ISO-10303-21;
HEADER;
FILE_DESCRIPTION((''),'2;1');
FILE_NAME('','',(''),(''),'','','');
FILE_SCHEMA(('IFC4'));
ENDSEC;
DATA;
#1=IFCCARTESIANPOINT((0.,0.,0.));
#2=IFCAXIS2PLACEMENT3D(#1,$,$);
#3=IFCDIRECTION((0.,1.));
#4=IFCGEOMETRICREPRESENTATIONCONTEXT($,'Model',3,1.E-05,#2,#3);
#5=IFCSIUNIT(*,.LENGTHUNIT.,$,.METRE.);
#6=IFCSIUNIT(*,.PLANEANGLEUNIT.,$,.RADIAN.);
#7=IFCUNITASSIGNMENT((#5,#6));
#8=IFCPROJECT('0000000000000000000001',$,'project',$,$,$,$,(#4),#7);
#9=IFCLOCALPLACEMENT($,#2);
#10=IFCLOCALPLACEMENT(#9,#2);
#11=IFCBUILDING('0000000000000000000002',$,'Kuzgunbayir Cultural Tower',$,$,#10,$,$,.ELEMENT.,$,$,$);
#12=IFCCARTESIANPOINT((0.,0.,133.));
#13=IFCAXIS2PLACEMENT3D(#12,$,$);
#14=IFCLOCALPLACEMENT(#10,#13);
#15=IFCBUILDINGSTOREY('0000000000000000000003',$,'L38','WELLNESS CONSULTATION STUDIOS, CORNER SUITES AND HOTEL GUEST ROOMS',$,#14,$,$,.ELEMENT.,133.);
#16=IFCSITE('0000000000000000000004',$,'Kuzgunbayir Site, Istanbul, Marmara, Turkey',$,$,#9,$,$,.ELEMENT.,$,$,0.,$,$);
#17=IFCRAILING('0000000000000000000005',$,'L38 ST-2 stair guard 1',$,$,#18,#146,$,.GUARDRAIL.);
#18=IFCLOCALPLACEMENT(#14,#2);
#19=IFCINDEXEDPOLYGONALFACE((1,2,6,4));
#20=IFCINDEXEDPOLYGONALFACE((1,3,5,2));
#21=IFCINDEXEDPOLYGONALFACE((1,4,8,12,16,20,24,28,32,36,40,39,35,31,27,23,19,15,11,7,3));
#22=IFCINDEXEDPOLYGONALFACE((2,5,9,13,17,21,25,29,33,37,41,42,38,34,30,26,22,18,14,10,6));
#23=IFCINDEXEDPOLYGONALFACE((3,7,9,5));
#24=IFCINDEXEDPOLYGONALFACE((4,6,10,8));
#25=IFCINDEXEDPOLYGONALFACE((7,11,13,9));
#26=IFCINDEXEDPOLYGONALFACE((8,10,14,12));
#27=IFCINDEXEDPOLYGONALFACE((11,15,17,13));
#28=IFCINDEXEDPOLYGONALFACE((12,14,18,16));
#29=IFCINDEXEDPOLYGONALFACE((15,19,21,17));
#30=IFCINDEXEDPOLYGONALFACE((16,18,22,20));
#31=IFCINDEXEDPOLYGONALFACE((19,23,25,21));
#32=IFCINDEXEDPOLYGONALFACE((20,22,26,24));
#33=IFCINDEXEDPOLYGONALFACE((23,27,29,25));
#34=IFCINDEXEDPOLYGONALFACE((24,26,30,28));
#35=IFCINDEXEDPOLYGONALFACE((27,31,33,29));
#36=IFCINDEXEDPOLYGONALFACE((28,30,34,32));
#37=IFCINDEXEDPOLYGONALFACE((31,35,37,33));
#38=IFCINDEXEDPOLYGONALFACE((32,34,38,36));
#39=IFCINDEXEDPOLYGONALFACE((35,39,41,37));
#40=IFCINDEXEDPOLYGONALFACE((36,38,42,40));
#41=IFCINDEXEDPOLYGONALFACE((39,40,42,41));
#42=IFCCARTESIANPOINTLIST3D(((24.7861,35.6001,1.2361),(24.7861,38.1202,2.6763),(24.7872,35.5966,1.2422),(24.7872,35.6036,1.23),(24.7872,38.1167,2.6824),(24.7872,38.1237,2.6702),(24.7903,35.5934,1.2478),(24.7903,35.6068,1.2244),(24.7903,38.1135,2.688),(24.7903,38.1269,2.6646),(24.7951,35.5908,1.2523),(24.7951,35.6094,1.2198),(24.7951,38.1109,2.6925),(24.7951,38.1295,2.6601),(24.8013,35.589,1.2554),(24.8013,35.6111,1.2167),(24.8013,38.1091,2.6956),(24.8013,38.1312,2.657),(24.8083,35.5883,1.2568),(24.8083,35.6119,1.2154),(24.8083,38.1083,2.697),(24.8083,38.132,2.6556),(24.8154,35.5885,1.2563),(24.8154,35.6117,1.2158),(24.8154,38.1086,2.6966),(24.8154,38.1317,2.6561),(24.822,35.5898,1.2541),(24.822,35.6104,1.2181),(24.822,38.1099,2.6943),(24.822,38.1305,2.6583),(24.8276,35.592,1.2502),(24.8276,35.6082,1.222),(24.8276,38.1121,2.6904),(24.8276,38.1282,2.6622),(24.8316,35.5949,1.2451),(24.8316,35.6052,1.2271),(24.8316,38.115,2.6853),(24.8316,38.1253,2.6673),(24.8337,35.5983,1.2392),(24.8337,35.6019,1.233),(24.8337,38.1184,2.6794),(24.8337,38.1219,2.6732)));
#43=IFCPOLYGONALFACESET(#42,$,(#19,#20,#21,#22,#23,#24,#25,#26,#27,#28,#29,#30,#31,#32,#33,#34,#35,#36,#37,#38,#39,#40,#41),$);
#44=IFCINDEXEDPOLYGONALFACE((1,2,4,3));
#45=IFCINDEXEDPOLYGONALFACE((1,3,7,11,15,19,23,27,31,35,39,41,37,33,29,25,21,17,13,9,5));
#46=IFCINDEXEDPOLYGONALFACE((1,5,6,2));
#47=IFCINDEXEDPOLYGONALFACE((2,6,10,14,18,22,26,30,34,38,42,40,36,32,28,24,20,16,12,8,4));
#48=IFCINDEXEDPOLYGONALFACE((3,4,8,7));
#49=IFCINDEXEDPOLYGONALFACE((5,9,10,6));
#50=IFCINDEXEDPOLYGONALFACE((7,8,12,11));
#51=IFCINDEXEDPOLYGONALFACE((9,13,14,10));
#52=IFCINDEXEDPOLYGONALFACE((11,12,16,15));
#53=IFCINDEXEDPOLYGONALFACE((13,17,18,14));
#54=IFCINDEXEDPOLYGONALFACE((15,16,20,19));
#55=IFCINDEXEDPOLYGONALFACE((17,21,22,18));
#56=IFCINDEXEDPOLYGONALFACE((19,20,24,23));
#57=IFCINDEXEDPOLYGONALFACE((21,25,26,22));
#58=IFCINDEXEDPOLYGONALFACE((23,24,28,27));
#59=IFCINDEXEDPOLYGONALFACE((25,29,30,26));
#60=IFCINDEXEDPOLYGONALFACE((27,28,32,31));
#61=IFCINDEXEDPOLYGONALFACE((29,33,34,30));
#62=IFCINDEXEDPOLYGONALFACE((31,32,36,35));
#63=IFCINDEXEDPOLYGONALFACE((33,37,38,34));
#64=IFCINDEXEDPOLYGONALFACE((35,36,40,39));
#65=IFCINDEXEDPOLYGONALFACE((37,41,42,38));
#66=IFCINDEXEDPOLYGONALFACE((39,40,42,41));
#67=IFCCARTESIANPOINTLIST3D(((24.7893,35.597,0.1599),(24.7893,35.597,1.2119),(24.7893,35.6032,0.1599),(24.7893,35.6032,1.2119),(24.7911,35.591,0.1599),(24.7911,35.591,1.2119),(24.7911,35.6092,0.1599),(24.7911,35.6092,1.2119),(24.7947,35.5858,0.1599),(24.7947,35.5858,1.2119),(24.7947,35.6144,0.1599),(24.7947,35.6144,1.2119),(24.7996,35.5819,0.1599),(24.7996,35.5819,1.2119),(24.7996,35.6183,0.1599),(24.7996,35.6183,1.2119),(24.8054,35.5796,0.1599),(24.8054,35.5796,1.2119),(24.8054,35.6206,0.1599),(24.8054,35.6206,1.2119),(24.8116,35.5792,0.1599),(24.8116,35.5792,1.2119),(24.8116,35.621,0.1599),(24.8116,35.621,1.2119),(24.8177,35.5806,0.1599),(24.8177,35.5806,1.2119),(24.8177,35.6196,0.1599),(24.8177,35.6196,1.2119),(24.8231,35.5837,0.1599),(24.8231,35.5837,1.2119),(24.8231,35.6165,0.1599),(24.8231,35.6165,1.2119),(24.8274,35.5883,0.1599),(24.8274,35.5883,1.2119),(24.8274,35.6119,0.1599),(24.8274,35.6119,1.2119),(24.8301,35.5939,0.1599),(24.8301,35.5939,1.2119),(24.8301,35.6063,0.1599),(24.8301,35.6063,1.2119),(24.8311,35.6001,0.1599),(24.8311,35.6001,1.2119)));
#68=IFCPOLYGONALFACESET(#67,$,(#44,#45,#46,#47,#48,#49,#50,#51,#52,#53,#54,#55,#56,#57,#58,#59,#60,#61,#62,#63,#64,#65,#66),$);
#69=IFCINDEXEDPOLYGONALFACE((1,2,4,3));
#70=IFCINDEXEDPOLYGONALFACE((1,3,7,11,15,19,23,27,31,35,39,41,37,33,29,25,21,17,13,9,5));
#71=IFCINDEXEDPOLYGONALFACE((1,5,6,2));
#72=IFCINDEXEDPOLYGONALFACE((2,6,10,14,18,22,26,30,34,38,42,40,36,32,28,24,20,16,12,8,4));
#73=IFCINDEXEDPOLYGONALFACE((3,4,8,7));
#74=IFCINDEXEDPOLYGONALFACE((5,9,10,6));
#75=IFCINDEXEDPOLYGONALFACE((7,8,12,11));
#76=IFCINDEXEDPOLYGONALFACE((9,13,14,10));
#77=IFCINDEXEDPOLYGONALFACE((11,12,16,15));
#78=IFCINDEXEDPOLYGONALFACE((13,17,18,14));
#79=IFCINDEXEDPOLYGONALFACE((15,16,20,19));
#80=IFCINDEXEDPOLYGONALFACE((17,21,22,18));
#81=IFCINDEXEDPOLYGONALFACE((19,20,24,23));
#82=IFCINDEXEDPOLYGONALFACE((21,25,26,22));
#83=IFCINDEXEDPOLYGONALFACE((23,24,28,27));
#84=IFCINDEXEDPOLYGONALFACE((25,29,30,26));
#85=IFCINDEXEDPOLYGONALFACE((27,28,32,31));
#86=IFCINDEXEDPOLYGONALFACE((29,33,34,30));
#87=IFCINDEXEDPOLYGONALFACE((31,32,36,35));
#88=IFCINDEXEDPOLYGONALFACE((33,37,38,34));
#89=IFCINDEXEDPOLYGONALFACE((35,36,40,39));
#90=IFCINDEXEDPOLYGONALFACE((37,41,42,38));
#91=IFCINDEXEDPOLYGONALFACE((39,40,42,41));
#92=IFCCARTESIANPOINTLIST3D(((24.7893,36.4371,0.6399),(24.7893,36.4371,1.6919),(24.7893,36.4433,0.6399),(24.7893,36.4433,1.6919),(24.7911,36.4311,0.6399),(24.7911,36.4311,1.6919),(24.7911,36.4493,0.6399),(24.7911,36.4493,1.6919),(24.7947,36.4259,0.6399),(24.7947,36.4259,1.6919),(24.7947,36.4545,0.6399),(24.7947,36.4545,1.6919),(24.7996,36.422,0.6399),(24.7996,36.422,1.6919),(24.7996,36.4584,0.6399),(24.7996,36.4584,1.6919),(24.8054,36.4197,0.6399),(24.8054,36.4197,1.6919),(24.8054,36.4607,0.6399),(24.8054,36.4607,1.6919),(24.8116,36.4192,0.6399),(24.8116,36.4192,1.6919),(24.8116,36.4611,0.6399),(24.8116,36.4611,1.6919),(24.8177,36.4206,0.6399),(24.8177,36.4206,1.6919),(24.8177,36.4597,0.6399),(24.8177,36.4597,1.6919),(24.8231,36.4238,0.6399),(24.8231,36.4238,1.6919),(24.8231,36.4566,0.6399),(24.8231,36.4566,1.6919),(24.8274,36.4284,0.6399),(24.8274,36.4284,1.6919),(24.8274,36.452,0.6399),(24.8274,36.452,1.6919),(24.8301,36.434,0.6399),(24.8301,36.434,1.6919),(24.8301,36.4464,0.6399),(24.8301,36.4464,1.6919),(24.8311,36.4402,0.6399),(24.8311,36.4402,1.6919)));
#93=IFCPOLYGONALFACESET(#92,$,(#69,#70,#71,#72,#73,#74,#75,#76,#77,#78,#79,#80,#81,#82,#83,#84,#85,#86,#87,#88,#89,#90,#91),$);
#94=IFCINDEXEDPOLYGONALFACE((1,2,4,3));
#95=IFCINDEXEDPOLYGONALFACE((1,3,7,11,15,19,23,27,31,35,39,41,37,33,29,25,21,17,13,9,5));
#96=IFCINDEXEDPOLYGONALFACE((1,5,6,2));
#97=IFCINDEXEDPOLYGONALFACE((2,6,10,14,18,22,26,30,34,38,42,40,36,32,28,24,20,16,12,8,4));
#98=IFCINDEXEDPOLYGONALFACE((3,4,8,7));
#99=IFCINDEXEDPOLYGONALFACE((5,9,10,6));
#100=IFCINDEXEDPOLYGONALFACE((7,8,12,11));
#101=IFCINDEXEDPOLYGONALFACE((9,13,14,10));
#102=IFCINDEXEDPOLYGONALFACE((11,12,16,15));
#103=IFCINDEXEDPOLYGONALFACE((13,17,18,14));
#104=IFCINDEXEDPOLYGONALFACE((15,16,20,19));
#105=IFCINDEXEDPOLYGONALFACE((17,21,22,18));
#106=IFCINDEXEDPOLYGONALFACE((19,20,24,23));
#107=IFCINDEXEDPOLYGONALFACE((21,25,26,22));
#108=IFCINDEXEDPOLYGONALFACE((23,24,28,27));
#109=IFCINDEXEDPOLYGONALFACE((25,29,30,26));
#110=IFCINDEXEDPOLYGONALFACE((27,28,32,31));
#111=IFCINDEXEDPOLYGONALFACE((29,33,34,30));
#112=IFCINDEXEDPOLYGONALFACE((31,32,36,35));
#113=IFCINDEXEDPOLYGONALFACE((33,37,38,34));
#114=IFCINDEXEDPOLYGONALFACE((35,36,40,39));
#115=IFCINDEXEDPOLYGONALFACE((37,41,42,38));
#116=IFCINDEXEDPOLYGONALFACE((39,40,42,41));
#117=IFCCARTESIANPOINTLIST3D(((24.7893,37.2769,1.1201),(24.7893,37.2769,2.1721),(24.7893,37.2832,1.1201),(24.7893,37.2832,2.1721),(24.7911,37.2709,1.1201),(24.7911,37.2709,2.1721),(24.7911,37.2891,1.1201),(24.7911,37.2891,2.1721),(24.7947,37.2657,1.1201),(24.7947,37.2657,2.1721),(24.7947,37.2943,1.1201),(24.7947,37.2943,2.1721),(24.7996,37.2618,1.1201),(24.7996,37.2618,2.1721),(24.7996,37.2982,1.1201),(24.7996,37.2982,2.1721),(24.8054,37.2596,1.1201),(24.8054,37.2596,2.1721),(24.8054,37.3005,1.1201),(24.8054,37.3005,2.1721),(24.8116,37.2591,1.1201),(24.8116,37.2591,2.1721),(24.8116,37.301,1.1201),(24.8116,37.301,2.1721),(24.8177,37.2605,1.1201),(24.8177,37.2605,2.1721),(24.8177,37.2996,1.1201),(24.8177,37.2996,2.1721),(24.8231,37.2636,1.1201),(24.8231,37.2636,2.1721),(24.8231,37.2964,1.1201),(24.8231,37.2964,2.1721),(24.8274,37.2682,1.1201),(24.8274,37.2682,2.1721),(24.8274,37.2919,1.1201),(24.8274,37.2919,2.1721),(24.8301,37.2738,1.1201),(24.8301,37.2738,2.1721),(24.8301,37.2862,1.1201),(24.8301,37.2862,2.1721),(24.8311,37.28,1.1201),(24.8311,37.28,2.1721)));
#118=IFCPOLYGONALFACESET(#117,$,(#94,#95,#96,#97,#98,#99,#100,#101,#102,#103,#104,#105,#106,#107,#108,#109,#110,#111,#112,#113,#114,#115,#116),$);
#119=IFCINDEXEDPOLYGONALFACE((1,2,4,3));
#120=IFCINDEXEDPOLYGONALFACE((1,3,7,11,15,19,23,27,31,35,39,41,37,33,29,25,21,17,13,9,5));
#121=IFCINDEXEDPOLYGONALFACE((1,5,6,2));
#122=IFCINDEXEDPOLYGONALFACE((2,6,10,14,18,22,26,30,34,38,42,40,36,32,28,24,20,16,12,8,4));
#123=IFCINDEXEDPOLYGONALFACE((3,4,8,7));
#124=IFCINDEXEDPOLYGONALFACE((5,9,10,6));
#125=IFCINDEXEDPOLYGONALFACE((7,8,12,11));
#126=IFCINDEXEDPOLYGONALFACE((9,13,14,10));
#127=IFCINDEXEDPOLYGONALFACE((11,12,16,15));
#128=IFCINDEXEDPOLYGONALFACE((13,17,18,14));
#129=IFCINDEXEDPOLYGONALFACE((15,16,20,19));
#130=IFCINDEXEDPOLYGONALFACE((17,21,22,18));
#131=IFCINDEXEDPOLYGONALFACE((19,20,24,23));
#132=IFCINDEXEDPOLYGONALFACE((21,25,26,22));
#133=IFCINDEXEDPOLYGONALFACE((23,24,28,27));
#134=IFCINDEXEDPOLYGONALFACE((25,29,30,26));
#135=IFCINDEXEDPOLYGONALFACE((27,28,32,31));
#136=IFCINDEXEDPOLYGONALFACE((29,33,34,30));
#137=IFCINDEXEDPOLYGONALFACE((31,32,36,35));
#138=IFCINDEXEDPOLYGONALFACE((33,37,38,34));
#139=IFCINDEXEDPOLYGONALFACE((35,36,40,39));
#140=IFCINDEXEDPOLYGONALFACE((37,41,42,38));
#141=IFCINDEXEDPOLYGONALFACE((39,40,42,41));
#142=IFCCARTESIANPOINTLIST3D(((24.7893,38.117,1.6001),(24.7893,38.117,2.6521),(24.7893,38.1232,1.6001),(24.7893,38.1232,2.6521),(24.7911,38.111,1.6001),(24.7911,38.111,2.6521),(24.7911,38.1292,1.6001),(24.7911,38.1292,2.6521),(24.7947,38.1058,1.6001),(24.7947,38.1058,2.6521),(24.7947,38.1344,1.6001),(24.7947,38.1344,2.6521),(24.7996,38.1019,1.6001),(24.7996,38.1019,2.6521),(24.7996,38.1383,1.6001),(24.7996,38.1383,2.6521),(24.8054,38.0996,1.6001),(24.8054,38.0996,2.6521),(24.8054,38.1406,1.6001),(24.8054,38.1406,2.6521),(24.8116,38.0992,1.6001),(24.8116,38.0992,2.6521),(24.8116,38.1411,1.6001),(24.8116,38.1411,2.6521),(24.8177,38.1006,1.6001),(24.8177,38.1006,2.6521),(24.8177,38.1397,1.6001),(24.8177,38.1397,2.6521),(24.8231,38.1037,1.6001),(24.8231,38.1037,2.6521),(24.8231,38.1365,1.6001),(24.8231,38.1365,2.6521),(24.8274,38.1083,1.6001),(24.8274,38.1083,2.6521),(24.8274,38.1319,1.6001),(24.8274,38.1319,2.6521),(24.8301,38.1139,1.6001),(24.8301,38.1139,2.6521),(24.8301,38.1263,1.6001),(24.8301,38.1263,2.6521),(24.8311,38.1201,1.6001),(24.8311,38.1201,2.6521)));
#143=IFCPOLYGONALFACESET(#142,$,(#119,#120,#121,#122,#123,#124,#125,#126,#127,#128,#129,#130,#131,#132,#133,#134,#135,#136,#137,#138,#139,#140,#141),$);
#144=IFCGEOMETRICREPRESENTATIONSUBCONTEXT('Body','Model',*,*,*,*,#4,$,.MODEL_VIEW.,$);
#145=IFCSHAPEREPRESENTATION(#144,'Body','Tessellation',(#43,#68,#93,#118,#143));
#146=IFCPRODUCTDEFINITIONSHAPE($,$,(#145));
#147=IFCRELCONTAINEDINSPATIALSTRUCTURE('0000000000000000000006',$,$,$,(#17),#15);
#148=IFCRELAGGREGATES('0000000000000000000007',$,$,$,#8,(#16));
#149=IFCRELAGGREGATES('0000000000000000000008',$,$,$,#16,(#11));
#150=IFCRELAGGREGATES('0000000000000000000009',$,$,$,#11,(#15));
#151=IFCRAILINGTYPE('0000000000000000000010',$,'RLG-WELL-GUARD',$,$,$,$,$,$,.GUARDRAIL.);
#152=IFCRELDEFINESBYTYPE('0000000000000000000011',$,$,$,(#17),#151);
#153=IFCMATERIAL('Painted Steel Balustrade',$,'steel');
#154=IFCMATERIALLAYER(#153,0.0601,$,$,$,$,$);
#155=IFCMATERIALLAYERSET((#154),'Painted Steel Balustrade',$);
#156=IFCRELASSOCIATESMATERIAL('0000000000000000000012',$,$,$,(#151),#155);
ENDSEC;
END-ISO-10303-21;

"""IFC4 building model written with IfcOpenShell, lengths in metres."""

from ifc_helpers import new_model, si_unit, direction, frame, origin, origin_2d, place, context, subcontext, project, spatial, circle, extrude, material, layer, layer_set, type_object, element, save


model = new_model("IFC4")

# Units and contexts
model_context = context("Model", 3, precision=1e-05, world=origin(), true_north=direction((0.0, 1.0)))
body_context = subcontext(model_context, "Body", "Model", "MODEL_VIEW")
ifc_project = project(units=[si_unit("LENGTHUNIT", "METRE"), si_unit("PLANEANGLEUNIT", "RADIAN")], contexts=[model_context])

# Site, building, storey
site_placement = place(None, origin())
site = spatial("IfcSite", under=ifc_project, at=site_placement, Name="Kuzgunbayir Site, Istanbul, Marmara, Turkey", CompositionType="ELEMENT", RefElevation=0.0)
building_placement = place(site_placement, origin())
building = spatial("IfcBuilding", under=site, at=building_placement, Name="Kuzgunbayir Cultural Tower", CompositionType="ELEMENT")
storey_placement = place(building_placement, frame((0.0, 0.0, 133.0)))
storey = spatial("IfcBuildingStorey", under=building, at=storey_placement, Name="L38", Description="WELLNESS CONSULTATION STUDIOS, CORNER SUITES AND HOTEL GUEST ROOMS", CompositionType="ELEMENT", Elevation=133.0)

# Railing
ifc_material_1 = material(Name="Painted Steel Balustrade", Category="steel")
ifc_layer_1 = layer(ifc_material_1, 0.0601)
ifc_layer_set_1 = layer_set([ifc_layer_1], Name="Painted Steel Balustrade")
railing_type_1 = type_object("IfcRailingType", Name="RLG-WELL-GUARD", PredefinedType="GUARDRAIL", material=ifc_layer_set_1)
railing_1_placement = place(storey_placement, frame((24.8101, 35.6001, 0.1599)))
element("IfcRailing", 1, at=railing_1_placement, inside=storey, type_object=railing_type_1, Name="L38 ST-2 stair guard 1", PredefinedType="GUARDRAIL", context=body_context, shape_type="SweptSolid", body=[
    extrude(circle(Radius=0.0239, at=origin_2d()), frame((0.0, 0.0, 1.0762), z_axis=(0.0, 0.868217, 0.496184), x_axis=(-1.0, 0.0, 0.0)), (0.0, 0.0, 1.0), 2.9026),
    extrude(circle(Radius=0.021, at=origin_2d()), origin(), (0.0, 0.0, 1.0), 1.052),
    extrude(circle(Radius=0.021, at=origin_2d()), frame((0.0, 0.8401, 0.48)), (0.0, 0.0, 1.0), 1.052),
    extrude(circle(Radius=0.021, at=origin_2d()), frame((0.0, 1.6799, 0.9602)), (0.0, 0.0, 1.0), 1.052),
    extrude(circle(Radius=0.021, at=origin_2d()), frame((0.0, 2.52, 1.4402)), (0.0, 0.0, 1.0), 1.052),
])

save(model, "model.ifc")
